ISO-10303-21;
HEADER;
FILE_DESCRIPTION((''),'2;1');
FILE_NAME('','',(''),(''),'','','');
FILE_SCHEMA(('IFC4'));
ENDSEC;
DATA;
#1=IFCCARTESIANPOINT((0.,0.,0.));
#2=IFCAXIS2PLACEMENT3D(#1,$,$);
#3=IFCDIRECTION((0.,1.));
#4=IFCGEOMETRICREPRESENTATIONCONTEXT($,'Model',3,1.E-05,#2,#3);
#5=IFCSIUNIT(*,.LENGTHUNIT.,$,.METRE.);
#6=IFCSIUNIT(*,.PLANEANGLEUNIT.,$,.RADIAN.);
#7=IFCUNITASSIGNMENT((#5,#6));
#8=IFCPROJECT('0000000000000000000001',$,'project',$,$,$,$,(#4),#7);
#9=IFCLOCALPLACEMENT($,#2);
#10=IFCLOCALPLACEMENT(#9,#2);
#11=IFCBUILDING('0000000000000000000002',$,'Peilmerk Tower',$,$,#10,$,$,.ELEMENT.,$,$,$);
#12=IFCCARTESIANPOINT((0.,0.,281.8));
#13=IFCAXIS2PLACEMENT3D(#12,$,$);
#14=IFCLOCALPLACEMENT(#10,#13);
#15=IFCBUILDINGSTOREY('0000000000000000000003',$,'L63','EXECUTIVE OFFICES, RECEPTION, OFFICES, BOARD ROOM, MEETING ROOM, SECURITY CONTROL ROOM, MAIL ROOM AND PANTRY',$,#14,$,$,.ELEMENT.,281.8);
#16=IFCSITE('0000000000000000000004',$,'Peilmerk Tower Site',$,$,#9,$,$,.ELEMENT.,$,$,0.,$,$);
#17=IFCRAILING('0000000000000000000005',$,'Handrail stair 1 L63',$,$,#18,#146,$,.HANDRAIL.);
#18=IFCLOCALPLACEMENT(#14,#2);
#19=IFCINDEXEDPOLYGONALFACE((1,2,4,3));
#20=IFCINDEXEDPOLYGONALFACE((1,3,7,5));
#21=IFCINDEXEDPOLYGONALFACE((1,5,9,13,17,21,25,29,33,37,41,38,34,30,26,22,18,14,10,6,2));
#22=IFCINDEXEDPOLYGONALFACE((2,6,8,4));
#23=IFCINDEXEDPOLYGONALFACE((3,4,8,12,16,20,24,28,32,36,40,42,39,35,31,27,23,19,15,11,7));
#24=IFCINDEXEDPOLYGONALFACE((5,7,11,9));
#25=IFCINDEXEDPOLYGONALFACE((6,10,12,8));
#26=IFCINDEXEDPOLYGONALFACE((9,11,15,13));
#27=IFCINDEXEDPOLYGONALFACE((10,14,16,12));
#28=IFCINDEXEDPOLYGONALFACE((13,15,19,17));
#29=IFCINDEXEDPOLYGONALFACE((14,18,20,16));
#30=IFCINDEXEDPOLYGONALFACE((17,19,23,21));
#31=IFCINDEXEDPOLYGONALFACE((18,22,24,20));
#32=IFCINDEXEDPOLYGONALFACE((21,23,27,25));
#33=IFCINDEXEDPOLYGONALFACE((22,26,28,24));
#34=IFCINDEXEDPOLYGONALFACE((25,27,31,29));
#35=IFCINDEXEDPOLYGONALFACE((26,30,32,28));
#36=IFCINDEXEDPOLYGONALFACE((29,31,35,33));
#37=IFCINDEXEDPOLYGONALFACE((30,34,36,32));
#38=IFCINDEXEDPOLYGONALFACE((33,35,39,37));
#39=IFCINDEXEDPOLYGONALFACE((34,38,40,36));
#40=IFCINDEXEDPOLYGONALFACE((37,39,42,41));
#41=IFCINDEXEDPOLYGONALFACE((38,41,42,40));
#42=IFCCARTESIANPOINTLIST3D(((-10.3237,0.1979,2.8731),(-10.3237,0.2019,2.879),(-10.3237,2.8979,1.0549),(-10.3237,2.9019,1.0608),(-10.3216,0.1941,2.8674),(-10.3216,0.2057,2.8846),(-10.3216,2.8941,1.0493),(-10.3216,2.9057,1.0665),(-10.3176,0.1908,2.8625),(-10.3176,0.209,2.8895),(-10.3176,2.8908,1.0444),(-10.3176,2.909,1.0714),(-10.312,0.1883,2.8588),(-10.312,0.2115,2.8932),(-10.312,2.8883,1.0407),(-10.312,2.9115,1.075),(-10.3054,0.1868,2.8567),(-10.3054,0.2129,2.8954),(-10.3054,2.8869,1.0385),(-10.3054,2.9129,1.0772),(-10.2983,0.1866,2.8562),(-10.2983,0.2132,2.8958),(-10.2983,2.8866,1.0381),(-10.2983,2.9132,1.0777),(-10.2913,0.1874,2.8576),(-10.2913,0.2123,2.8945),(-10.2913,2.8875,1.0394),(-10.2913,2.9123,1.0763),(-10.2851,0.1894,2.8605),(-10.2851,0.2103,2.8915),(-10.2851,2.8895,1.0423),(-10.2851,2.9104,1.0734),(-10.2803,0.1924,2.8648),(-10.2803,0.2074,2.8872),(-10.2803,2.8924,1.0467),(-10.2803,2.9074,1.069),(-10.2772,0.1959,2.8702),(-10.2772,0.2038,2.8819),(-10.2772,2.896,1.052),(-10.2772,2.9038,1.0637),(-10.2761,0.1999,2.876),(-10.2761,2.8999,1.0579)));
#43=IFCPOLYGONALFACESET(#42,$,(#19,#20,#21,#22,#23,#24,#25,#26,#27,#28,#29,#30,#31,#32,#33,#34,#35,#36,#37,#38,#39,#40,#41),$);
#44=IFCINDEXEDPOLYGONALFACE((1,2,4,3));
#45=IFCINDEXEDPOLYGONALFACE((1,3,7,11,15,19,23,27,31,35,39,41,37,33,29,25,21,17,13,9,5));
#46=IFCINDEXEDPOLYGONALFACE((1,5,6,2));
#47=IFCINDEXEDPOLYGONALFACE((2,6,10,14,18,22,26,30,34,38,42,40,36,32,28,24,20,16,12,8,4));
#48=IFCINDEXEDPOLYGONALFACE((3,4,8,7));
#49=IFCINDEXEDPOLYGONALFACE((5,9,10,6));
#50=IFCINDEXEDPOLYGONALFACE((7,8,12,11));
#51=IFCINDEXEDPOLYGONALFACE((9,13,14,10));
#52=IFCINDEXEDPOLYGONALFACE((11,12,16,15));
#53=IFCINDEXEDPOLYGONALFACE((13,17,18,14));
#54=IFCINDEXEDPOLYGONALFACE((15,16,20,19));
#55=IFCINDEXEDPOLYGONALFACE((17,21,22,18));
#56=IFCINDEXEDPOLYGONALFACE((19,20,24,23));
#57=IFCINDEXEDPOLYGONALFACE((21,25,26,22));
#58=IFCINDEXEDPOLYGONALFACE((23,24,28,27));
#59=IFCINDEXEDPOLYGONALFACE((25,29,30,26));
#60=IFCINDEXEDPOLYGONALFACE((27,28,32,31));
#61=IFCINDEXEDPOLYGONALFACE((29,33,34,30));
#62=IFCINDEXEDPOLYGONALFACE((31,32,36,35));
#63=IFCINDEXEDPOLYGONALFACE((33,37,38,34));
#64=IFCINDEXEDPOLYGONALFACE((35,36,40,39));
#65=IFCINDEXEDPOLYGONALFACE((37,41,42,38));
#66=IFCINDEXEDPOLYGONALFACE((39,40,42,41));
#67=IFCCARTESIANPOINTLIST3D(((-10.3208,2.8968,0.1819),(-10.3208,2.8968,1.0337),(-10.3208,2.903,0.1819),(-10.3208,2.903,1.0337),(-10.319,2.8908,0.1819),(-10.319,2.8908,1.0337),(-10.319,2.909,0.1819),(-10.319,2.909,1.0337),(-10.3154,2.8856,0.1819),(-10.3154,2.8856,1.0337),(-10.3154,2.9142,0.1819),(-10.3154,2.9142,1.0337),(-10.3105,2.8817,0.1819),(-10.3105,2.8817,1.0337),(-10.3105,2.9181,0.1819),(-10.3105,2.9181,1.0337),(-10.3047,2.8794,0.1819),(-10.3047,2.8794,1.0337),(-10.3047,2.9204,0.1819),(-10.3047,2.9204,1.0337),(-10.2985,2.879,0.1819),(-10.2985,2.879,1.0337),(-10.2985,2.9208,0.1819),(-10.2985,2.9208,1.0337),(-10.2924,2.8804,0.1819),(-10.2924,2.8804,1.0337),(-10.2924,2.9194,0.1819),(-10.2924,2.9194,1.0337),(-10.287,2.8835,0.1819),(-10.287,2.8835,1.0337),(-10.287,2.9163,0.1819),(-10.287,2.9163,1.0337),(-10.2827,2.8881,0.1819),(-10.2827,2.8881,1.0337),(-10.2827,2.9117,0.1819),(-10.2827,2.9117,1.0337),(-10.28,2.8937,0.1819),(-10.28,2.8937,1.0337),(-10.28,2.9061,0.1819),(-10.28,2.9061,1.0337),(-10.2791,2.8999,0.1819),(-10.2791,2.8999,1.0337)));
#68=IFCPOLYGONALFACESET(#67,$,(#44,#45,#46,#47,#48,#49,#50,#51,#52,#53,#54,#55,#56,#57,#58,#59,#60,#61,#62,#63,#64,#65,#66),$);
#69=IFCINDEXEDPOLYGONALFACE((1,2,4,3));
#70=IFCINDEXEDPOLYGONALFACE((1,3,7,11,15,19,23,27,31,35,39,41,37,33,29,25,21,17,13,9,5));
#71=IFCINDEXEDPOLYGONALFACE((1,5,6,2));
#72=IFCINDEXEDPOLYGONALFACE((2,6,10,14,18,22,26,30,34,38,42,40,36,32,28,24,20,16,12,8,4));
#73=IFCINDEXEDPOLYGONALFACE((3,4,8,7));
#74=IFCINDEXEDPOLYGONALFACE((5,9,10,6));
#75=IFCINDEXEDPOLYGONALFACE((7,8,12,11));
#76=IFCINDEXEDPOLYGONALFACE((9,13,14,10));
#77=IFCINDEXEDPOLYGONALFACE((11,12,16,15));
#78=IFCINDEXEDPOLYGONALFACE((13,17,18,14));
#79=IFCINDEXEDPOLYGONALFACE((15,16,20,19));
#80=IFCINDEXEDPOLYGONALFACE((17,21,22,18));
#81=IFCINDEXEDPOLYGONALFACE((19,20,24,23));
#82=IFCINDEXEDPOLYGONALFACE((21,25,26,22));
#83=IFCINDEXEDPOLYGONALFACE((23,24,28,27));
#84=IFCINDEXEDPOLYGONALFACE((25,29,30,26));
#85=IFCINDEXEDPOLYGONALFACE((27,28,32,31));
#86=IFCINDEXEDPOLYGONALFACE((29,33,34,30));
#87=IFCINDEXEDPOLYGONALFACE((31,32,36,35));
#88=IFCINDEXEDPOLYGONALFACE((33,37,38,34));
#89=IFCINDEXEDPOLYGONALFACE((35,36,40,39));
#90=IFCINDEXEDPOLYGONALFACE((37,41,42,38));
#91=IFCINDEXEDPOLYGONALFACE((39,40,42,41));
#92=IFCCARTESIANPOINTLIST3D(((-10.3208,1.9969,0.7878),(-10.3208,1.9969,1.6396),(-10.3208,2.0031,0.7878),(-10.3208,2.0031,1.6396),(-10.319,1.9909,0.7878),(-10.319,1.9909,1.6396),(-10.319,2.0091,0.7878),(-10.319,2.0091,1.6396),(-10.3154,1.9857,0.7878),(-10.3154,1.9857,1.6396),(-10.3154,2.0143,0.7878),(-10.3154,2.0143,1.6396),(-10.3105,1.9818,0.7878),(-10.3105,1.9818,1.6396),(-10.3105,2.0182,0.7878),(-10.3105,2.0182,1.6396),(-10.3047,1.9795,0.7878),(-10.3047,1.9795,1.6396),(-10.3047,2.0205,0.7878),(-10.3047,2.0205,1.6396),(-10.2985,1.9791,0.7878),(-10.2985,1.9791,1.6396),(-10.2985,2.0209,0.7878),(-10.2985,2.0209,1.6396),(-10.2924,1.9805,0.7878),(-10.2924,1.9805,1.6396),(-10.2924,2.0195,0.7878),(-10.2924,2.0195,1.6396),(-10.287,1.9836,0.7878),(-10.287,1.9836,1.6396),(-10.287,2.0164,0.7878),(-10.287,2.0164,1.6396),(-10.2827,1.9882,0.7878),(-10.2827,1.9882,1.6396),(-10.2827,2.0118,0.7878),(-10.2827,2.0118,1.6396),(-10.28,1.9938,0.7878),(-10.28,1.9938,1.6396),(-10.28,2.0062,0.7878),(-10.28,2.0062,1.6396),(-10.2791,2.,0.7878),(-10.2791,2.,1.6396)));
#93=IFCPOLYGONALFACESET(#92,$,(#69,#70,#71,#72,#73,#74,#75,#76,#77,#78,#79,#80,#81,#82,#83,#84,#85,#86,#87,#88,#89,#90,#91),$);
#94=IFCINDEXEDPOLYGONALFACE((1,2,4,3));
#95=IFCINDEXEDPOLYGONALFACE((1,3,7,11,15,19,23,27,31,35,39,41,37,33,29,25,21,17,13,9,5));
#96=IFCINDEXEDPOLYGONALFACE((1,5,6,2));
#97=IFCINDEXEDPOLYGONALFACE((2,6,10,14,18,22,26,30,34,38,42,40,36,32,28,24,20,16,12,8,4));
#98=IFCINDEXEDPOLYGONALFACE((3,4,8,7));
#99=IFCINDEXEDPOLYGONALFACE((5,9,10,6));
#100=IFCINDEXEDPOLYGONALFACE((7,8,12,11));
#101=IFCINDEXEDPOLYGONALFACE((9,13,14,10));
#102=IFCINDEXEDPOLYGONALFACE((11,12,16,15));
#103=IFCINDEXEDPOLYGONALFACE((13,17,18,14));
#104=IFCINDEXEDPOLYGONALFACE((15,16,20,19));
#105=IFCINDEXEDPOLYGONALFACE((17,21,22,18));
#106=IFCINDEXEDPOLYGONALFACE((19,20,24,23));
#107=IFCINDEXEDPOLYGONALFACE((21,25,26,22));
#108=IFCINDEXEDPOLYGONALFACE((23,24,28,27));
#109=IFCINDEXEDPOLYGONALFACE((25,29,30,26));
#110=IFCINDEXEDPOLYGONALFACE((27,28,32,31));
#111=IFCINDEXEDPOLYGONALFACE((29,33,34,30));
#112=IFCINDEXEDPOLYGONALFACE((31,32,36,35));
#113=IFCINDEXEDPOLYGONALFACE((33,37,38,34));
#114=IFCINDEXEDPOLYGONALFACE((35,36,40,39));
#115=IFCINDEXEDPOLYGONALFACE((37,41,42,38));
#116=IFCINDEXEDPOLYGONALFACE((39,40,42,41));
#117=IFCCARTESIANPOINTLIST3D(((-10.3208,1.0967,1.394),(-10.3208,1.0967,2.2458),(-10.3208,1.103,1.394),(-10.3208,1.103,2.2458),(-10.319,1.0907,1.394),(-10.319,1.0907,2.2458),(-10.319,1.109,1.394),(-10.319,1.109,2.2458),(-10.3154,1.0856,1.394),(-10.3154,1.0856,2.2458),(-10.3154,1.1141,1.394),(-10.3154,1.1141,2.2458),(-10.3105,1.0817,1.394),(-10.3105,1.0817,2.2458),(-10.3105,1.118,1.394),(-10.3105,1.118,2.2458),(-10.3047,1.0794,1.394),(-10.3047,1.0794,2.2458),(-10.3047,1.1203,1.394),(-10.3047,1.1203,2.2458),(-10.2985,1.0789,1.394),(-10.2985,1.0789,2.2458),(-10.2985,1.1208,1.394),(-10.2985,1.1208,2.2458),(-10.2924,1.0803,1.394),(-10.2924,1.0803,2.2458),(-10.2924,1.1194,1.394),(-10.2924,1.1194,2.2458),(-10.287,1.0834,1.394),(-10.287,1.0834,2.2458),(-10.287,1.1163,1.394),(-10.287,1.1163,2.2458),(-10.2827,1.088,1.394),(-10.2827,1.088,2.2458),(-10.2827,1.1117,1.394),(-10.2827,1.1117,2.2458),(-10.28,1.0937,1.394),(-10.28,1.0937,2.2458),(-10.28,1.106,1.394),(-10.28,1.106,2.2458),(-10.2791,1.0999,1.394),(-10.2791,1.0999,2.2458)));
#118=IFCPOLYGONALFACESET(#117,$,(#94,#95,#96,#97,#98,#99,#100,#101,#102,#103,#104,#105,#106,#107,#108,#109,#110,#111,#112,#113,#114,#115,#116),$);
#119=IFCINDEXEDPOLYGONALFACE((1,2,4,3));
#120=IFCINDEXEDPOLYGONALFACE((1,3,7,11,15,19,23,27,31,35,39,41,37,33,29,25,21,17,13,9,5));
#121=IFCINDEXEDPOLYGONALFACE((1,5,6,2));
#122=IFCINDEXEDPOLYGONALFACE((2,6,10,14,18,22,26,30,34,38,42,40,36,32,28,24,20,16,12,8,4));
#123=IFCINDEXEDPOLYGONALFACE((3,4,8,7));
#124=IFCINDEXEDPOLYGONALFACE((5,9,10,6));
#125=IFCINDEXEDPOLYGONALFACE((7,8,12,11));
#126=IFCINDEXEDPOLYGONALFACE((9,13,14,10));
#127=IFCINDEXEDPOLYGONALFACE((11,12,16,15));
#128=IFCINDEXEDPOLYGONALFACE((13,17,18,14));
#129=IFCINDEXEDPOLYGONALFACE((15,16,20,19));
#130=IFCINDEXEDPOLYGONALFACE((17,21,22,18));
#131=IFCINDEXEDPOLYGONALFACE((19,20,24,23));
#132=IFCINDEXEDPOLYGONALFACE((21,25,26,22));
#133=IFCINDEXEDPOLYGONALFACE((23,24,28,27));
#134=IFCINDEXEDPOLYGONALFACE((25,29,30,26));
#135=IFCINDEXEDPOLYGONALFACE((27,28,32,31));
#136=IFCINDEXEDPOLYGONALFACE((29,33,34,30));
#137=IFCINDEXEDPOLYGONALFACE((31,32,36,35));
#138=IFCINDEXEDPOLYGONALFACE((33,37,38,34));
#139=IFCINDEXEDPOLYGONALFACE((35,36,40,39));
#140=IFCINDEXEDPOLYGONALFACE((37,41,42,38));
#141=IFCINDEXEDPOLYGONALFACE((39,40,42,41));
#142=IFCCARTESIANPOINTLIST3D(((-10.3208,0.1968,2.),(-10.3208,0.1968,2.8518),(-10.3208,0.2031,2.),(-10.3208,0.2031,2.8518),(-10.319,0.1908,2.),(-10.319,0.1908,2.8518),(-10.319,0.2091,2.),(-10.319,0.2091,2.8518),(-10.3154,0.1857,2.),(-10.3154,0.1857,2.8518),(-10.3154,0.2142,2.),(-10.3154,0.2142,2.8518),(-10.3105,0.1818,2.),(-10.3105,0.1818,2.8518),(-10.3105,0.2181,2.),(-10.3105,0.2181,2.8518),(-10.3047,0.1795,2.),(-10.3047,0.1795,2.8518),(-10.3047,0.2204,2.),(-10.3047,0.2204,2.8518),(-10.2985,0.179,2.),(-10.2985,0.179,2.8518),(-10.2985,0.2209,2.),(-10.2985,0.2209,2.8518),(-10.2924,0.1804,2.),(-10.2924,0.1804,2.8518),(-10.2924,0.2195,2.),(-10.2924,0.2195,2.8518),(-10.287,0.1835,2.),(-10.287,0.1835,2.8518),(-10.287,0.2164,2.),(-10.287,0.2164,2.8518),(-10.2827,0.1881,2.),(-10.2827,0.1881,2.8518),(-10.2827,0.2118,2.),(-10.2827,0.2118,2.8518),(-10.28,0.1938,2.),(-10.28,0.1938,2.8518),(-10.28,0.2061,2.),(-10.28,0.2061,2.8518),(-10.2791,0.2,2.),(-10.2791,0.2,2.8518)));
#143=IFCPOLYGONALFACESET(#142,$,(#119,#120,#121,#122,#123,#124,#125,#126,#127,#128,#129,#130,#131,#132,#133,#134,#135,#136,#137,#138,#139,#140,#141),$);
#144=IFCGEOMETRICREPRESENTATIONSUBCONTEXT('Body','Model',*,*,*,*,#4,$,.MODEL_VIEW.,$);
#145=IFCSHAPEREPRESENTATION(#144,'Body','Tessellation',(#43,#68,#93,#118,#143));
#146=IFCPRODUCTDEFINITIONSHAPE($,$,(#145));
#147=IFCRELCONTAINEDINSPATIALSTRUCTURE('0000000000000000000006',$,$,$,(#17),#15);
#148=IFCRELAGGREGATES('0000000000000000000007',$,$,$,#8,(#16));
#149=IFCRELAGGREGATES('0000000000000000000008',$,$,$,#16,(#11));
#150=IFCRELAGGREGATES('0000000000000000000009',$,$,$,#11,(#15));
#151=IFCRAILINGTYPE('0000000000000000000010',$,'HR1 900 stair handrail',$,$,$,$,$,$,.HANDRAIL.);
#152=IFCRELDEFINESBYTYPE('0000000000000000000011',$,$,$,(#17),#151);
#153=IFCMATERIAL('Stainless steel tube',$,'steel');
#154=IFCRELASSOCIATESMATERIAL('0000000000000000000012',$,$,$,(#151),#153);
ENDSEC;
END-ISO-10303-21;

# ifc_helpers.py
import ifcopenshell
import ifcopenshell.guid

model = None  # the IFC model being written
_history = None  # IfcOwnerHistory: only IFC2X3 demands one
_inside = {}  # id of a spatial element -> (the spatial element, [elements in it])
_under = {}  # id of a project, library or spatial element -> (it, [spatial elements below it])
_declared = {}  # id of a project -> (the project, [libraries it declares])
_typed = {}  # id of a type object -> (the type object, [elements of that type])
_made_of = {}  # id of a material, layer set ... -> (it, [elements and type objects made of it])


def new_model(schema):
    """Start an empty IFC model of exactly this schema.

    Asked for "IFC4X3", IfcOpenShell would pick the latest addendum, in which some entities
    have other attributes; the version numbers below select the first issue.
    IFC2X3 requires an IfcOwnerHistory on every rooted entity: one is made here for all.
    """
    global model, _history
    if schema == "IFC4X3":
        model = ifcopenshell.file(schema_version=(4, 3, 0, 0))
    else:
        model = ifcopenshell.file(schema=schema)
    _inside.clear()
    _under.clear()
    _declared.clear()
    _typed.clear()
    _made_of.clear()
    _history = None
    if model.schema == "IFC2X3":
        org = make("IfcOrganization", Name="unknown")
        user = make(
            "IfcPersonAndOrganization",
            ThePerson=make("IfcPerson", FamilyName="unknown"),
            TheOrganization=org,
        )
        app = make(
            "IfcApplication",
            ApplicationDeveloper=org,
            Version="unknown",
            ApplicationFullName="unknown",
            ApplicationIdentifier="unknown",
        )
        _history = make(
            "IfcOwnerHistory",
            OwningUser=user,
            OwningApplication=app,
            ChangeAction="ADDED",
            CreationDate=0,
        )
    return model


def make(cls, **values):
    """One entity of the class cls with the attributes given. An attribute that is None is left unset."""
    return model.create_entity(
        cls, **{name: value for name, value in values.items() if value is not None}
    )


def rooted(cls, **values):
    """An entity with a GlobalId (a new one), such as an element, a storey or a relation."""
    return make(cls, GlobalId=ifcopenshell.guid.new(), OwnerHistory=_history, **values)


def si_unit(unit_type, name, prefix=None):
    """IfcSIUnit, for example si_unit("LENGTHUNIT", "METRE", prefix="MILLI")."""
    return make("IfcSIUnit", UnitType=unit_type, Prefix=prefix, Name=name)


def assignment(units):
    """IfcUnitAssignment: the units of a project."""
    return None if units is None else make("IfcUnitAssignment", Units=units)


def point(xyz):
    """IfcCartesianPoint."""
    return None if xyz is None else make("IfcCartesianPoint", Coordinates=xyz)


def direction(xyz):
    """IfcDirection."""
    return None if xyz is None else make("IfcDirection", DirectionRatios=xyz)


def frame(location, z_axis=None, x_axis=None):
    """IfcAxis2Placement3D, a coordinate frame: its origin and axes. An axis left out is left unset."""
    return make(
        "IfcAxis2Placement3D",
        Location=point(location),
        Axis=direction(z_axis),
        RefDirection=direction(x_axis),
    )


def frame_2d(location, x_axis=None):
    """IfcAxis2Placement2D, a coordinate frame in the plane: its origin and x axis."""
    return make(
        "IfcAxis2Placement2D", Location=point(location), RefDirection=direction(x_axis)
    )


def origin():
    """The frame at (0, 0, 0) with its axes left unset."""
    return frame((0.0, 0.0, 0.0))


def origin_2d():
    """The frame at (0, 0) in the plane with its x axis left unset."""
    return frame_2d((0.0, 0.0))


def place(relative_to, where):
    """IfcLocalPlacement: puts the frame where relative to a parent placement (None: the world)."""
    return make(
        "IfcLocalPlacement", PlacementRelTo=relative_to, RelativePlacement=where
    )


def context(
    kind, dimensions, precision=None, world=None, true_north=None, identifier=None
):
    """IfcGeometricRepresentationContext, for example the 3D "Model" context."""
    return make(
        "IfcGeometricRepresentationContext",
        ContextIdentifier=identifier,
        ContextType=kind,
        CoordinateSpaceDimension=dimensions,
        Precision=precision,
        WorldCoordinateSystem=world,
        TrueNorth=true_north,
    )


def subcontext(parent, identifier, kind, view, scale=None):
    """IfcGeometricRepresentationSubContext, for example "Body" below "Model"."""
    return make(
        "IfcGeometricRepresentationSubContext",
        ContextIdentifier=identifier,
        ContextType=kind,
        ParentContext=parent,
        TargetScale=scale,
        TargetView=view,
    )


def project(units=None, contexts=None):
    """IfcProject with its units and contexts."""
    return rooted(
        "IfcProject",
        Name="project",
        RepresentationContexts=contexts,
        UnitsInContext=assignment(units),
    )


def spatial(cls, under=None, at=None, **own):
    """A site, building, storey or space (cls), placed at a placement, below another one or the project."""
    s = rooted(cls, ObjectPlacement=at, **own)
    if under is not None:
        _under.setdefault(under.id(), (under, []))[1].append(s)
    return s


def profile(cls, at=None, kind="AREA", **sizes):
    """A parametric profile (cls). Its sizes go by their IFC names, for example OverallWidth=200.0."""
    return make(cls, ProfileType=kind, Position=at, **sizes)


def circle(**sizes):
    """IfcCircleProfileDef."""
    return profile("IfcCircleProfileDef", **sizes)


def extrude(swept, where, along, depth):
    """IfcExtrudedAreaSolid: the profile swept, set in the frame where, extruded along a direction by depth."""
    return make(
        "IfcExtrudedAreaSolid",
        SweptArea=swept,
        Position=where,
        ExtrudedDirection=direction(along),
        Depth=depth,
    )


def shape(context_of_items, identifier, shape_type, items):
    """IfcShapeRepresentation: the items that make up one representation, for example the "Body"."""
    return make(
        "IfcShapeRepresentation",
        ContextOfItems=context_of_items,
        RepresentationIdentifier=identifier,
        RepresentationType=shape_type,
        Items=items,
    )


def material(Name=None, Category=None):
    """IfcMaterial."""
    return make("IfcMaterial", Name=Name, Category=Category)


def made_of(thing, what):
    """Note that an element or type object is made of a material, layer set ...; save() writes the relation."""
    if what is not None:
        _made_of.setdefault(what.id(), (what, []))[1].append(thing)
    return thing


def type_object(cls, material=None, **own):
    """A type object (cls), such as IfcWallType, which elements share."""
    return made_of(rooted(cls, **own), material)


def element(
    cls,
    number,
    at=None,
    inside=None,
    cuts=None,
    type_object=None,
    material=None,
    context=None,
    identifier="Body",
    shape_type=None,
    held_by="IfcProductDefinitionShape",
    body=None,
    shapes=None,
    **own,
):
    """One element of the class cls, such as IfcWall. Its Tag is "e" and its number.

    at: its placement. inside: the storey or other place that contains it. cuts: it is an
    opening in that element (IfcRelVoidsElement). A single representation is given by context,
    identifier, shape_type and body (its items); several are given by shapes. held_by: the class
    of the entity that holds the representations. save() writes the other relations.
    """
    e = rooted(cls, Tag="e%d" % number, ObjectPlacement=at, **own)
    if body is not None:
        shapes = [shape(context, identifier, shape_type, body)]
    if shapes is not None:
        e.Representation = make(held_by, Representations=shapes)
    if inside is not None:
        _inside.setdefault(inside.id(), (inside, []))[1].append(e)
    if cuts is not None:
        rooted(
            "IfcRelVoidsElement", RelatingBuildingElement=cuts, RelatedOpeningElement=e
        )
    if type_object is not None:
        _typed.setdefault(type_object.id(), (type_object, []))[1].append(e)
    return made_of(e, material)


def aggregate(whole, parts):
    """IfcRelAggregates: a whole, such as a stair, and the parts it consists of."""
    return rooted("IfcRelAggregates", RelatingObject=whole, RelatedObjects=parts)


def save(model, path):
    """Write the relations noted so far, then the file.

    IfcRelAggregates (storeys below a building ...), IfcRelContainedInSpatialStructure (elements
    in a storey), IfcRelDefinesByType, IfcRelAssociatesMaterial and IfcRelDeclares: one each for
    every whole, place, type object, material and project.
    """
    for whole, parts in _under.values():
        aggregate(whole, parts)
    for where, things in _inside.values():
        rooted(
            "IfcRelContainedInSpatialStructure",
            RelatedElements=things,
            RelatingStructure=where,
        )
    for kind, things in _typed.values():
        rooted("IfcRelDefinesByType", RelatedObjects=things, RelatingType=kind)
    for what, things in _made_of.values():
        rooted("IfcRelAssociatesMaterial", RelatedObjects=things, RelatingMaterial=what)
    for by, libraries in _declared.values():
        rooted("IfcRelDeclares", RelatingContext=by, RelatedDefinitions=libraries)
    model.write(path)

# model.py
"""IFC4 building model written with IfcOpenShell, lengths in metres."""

from ifc_helpers import new_model, si_unit, direction, frame, origin, origin_2d, place, context, subcontext, project, spatial, circle, extrude, material, type_object, element, save


model = new_model("IFC4")

# Units and contexts
model_context = context("Model", 3, precision=1e-05, world=origin(), true_north=direction((0.0, 1.0)))
body_context = subcontext(model_context, "Body", "Model", "MODEL_VIEW")
ifc_project = project(units=[si_unit("LENGTHUNIT", "METRE"), si_unit("PLANEANGLEUNIT", "RADIAN")], contexts=[model_context])

# Site, building, storey
site_placement = place(None, origin())
site = spatial("IfcSite", under=ifc_project, at=site_placement, Name="Peilmerk Tower Site", CompositionType="ELEMENT", RefElevation=0.0)
building_placement = place(site_placement, origin())
building = spatial("IfcBuilding", under=site, at=building_placement, Name="Peilmerk Tower", CompositionType="ELEMENT")
storey_placement = place(building_placement, frame((0.0, 0.0, 281.8)))
storey = spatial("IfcBuildingStorey", under=building, at=storey_placement, Name="L63", Description="EXECUTIVE OFFICES, RECEPTION, OFFICES, BOARD ROOM, MEETING ROOM, SECURITY CONTROL ROOM, MAIL ROOM AND PANTRY", CompositionType="ELEMENT", Elevation=281.8)

# Railing
ifc_material_1 = material(Name="Stainless steel tube", Category="steel")
railing_type_1 = type_object("IfcRailingType", Name="HR1 900 stair handrail", PredefinedType="HANDRAIL", material=ifc_material_1)
railing_1_placement = place(storey_placement, frame((-10.3, 2.8999, 0.1819)))
element("IfcRailing", 1, at=railing_1_placement, inside=storey, type_object=railing_type_1, Name="Handrail stair 1 L63", PredefinedType="HANDRAIL", context=body_context, shape_type="SweptSolid", body=[
    extrude(circle(Radius=0.0239, at=origin_2d()), frame((0.0, 0.0, 0.876), z_axis=(0.0, -0.829468, 0.558554), x_axis=(1.0, 0.0, 0.0)), (0.0, 0.0, 1.0), 3.2551),
    extrude(circle(Radius=0.021, at=origin_2d()), origin(), (0.0, 0.0, 1.0), 0.8518),
    extrude(circle(Radius=0.021, at=origin_2d()), frame((0.0, -0.8999, 0.606)), (0.0, 0.0, 1.0), 0.8518),
    extrude(circle(Radius=0.021, at=origin_2d()), frame((0.0, -1.8, 1.2122)), (0.0, 0.0, 1.0), 0.8518),
    extrude(circle(Radius=0.021, at=origin_2d()), frame((0.0, -2.7, 1.8181)), (0.0, 0.0, 1.0), 0.8518),
])

save(model, "model.ifc")
